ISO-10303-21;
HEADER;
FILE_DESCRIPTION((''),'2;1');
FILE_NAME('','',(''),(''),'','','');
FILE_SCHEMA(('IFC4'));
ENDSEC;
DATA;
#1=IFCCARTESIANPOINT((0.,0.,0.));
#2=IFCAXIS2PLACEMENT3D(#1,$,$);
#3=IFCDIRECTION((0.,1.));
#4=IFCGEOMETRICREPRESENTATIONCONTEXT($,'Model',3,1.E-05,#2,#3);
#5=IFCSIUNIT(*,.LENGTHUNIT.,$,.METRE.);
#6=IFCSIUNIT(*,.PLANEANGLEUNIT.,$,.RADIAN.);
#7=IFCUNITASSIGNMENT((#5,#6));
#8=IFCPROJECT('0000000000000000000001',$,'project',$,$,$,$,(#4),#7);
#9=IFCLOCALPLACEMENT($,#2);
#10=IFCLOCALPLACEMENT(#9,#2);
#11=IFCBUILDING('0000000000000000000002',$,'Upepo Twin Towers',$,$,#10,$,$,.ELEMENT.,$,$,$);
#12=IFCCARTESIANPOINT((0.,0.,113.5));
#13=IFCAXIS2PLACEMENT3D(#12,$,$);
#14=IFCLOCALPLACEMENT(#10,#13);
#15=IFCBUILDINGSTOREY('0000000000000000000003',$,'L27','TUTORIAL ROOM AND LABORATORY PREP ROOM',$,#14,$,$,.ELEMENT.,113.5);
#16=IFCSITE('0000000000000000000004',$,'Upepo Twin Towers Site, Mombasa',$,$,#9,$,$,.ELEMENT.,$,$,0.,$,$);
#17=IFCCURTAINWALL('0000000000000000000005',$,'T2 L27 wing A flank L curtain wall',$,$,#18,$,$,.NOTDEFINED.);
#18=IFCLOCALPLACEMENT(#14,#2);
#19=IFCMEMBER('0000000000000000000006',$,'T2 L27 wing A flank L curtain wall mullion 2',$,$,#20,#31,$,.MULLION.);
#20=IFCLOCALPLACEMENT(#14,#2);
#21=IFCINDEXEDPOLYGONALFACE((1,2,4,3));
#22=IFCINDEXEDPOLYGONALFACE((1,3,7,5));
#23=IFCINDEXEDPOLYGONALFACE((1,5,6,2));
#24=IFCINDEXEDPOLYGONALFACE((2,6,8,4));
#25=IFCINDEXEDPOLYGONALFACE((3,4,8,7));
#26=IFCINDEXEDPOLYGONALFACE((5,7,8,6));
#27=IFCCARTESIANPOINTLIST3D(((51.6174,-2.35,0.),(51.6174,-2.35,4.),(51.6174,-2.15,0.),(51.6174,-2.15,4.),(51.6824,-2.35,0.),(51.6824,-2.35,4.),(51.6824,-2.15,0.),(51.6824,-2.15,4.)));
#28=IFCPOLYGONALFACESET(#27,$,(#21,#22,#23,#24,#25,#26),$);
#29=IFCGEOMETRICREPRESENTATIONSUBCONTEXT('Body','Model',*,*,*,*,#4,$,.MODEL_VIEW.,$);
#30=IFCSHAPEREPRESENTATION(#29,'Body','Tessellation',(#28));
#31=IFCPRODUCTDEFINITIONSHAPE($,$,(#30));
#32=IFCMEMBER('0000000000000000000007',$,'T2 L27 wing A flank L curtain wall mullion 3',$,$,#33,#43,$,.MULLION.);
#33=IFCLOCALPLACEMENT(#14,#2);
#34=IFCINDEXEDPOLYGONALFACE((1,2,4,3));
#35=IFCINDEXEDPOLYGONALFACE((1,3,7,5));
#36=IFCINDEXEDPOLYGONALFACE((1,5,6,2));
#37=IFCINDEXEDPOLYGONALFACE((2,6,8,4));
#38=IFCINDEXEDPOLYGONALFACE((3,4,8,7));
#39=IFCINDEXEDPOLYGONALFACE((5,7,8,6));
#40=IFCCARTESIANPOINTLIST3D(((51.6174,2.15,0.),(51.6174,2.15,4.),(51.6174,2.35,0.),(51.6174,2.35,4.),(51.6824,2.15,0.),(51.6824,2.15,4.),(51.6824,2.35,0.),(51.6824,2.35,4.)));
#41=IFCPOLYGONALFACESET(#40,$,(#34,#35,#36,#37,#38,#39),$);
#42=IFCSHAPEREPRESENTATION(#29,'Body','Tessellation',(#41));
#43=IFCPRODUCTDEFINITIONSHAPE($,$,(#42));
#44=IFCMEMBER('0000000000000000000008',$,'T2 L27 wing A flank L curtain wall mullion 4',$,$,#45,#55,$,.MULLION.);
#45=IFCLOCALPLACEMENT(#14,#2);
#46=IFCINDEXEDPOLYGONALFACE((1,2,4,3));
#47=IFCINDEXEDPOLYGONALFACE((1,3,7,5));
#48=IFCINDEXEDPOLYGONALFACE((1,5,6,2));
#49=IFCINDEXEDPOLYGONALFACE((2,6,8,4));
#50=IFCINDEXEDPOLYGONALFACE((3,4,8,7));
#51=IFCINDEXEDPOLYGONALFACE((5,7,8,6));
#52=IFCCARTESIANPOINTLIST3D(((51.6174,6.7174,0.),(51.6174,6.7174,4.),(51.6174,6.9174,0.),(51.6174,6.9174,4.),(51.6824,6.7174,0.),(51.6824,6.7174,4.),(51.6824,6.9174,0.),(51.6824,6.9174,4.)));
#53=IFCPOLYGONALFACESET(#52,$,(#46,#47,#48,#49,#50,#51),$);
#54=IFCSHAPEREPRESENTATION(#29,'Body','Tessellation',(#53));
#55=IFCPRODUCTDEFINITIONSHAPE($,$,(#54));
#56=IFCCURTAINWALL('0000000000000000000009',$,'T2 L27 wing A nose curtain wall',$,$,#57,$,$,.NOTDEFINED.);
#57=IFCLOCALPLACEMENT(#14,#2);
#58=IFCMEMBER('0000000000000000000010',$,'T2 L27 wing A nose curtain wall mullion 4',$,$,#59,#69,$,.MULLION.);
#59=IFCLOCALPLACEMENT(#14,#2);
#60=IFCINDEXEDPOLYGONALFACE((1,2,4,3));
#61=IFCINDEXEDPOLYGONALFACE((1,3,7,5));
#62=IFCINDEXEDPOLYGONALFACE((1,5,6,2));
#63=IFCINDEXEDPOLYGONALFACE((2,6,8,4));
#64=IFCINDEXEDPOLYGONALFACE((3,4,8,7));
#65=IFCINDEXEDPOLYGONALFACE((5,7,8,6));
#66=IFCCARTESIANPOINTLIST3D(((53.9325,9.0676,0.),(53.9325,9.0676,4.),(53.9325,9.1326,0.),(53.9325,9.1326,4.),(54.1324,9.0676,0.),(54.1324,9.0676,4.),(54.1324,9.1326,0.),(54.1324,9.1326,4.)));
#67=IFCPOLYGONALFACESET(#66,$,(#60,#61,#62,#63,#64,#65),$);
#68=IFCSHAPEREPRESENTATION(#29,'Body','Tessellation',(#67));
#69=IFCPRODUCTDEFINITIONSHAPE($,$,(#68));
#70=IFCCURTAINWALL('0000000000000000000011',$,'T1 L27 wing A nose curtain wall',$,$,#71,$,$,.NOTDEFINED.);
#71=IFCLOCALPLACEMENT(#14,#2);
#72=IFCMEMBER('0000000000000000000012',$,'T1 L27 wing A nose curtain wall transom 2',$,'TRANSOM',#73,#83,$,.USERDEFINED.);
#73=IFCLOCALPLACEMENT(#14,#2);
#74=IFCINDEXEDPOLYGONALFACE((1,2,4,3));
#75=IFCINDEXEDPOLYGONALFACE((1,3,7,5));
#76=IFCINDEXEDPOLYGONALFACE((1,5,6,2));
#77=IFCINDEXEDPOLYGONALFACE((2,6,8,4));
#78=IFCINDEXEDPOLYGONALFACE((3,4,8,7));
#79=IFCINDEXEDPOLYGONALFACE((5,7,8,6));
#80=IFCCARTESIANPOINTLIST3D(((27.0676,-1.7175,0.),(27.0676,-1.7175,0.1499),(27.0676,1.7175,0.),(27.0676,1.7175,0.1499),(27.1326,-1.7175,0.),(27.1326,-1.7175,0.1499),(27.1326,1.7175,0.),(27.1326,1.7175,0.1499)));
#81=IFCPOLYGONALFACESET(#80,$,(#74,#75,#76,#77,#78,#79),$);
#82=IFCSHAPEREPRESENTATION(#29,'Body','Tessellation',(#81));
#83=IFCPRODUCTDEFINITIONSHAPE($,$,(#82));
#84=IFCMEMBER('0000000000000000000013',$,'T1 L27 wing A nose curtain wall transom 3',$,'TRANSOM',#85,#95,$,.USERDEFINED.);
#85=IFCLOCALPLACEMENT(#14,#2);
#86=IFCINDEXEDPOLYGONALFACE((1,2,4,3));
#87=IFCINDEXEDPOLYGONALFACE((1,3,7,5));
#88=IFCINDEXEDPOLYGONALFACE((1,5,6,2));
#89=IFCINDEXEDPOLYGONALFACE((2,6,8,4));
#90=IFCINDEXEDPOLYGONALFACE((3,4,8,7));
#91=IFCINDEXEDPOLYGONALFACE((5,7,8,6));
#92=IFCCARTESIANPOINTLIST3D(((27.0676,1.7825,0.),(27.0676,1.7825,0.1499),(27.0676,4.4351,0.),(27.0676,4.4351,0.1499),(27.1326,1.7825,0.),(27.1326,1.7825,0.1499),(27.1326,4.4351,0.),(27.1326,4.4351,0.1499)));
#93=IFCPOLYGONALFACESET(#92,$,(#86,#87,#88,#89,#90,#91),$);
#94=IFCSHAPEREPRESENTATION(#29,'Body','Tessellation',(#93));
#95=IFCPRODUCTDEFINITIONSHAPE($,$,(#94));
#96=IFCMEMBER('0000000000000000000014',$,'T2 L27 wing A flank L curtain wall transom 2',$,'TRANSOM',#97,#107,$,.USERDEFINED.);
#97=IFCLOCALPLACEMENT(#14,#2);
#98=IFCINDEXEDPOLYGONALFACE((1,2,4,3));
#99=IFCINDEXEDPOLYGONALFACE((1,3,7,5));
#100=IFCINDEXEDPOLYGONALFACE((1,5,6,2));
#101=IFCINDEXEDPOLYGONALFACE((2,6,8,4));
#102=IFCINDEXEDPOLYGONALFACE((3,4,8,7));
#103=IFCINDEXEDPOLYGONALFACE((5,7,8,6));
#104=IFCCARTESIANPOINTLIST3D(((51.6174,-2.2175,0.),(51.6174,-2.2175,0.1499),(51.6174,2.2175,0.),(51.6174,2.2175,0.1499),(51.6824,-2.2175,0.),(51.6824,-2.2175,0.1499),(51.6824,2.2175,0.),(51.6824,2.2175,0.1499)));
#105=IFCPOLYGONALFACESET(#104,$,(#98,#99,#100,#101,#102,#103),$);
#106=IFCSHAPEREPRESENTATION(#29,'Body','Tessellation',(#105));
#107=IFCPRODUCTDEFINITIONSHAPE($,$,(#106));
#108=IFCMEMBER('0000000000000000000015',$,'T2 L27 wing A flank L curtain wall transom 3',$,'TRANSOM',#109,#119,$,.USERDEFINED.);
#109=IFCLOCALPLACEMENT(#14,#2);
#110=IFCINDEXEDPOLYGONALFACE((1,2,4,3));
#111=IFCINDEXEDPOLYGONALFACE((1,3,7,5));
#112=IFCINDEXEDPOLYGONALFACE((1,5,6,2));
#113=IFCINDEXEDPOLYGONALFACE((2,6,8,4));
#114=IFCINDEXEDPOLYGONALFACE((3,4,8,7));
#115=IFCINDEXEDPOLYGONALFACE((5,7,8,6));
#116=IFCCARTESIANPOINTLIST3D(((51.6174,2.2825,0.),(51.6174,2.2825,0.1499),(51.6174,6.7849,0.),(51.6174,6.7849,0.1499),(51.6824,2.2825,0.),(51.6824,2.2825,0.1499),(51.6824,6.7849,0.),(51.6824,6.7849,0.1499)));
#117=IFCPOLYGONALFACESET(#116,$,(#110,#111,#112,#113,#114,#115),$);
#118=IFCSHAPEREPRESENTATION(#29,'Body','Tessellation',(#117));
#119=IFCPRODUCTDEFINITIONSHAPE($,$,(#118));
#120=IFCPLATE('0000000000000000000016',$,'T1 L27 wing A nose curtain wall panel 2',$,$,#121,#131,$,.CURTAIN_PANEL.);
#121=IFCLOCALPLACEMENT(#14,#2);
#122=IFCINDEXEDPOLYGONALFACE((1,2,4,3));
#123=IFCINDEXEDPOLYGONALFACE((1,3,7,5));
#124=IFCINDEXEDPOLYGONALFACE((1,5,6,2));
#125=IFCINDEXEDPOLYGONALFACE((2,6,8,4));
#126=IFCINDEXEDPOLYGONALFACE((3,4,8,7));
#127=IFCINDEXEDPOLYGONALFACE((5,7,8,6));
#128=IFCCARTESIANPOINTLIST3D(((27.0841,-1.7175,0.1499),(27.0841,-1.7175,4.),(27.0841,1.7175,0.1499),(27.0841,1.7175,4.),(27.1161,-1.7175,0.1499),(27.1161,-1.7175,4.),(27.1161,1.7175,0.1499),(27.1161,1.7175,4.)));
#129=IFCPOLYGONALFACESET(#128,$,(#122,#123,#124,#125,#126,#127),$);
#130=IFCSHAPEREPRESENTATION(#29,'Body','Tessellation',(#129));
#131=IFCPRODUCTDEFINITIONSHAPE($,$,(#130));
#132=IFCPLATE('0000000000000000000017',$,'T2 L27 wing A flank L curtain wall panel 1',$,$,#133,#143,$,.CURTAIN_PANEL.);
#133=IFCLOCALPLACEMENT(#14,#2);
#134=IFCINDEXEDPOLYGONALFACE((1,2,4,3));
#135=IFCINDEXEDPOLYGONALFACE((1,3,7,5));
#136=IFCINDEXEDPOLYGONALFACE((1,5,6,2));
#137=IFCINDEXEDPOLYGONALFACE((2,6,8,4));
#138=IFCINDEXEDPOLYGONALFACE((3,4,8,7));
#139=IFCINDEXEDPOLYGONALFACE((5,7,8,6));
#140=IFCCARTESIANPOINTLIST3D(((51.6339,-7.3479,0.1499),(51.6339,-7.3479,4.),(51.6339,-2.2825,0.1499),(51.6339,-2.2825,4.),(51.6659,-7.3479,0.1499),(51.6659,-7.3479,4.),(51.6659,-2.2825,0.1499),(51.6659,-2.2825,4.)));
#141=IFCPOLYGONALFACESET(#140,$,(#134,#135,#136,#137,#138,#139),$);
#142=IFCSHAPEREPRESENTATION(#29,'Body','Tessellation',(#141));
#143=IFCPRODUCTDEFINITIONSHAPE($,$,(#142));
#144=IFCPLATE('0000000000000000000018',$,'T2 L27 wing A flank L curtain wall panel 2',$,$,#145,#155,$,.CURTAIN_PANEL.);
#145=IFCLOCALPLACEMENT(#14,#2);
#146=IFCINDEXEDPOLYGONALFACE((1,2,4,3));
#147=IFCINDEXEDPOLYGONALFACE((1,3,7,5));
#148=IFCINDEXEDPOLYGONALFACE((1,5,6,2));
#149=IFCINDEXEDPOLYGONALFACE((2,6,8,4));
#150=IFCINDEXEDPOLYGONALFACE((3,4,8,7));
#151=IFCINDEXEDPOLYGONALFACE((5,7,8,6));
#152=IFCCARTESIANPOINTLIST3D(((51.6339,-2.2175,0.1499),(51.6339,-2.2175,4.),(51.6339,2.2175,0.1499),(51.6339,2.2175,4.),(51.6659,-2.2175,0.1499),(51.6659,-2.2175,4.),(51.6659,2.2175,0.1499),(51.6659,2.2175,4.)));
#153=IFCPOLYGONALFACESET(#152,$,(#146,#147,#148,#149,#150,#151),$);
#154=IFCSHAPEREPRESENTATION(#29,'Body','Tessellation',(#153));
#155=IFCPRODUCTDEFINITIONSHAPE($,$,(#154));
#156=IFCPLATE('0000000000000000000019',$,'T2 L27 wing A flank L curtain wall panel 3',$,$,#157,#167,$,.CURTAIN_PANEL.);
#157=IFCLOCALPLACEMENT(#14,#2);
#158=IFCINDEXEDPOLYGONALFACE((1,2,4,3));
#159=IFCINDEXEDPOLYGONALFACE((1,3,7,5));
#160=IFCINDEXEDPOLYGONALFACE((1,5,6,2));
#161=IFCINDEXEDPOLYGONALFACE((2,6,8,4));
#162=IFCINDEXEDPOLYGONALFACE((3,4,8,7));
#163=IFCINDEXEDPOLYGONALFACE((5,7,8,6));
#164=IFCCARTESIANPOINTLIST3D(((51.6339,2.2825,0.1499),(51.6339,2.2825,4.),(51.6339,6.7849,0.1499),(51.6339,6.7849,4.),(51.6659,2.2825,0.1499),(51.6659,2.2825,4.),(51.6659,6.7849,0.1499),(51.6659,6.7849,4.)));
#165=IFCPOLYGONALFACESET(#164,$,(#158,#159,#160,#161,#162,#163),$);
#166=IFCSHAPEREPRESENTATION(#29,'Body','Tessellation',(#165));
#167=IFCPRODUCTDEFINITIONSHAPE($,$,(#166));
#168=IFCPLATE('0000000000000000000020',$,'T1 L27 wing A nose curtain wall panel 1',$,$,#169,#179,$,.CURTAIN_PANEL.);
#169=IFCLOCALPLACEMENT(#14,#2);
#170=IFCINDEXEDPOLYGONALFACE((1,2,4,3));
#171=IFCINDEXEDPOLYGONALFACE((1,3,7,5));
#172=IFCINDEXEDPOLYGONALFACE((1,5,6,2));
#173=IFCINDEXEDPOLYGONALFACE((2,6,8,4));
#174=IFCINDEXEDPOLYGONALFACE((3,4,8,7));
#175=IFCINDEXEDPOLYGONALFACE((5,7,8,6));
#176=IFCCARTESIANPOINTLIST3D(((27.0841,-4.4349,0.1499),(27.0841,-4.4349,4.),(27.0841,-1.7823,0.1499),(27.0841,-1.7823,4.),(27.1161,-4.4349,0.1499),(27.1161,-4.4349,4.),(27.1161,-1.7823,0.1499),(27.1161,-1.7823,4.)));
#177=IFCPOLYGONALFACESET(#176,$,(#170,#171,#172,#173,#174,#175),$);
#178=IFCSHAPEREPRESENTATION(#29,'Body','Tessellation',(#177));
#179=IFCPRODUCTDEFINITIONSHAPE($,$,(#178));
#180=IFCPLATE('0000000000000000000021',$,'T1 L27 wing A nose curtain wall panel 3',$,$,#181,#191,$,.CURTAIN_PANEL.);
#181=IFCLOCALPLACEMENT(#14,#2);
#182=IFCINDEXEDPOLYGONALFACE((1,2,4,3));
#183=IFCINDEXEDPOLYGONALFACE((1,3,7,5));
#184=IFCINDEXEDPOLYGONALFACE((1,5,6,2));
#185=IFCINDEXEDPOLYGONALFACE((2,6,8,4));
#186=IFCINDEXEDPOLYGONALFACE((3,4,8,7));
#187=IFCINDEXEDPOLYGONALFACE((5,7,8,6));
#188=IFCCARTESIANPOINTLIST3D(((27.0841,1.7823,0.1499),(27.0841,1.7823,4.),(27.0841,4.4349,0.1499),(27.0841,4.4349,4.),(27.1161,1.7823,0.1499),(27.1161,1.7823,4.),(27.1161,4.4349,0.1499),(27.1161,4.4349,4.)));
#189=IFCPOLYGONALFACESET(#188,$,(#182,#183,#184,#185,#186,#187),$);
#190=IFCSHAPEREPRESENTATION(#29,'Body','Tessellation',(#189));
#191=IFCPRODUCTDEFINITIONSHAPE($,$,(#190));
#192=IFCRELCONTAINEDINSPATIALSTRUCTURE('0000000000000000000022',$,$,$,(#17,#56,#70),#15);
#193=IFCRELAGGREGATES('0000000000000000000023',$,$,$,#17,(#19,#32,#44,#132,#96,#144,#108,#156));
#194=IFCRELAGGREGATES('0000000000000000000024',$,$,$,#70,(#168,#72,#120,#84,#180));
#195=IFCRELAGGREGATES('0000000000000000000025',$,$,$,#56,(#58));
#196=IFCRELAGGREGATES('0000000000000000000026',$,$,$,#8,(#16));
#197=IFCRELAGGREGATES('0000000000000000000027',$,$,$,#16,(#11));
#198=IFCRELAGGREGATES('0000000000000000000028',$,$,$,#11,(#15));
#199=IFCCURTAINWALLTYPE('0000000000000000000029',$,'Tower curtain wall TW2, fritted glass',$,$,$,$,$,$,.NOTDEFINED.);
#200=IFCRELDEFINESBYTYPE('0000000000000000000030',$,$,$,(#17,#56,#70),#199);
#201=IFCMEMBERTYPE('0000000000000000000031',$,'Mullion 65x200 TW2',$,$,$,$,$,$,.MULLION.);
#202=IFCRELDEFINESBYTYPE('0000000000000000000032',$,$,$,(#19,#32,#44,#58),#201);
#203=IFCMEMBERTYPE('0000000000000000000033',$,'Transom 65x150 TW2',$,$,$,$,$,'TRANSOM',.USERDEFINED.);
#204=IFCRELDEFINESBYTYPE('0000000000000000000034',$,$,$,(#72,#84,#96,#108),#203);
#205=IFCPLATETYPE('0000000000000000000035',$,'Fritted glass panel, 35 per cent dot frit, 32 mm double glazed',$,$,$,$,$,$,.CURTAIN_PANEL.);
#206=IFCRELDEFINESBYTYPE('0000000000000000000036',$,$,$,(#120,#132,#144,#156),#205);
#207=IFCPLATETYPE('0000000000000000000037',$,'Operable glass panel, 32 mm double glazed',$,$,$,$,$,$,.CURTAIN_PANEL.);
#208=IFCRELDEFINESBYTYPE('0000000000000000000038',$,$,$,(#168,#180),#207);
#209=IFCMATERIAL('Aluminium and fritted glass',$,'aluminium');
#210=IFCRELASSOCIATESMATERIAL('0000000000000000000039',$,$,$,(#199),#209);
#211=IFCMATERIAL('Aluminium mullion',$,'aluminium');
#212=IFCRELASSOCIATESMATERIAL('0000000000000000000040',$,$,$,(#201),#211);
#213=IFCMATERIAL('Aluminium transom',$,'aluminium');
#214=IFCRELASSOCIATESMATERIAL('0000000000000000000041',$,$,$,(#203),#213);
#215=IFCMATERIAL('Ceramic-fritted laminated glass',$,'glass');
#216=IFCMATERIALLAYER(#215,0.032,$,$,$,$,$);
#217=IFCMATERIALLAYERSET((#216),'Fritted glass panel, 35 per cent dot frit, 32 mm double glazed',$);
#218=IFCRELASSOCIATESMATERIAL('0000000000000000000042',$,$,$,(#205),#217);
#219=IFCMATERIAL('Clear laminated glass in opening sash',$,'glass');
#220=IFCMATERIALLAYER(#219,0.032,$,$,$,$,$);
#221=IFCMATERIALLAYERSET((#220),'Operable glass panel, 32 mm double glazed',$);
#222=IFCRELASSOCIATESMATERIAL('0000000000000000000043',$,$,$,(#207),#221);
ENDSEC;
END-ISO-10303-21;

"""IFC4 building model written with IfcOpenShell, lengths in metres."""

from ifc_helpers import new_model, si_unit, direction, frame, origin, origin_2d, place, context, subcontext, project, spatial, rectangle, extrude, material, layer, layer_set, material_profile, profile_set, type_object, element, aggregate, save


model = new_model("IFC4")

# Units and contexts
model_context = context("Model", 3, precision=1e-05, world=origin(), true_north=direction((0.0, 1.0)))
body_context = subcontext(model_context, "Body", "Model", "MODEL_VIEW")
ifc_project = project(units=[si_unit("LENGTHUNIT", "METRE"), si_unit("PLANEANGLEUNIT", "RADIAN")], contexts=[model_context])

# Site, building, storey
site_placement = place(None, origin())
site = spatial("IfcSite", under=ifc_project, at=site_placement, Name="Upepo Twin Towers Site, Mombasa", CompositionType="ELEMENT", RefElevation=0.0)
building_placement = place(site_placement, origin())
building = spatial("IfcBuilding", under=site, at=building_placement, Name="Upepo Twin Towers", CompositionType="ELEMENT")
storey_placement = place(building_placement, frame((0.0, 0.0, 113.5)))
storey = spatial("IfcBuildingStorey", under=building, at=storey_placement, Name="L27", Description="TUTORIAL ROOM AND LABORATORY PREP ROOM", CompositionType="ELEMENT", Elevation=113.5)

# Curtain wall, members
ifc_material_1 = material(Name="Aluminium and fritted glass", Category="aluminium")
curtain_wall_type = type_object("IfcCurtainWallType", Name="Tower curtain wall TW2, fritted glass", PredefinedType="NOTDEFINED", material=ifc_material_1)
curtain_wall_1_placement = place(storey_placement, origin())
curtain_wall_1 = element("IfcCurtainWall", 1, at=curtain_wall_1_placement, inside=storey, type_object=curtain_wall_type, Name="T2 L27 wing A flank L curtain wall", PredefinedType="NOTDEFINED")
ifc_material_2 = material(Name="Aluminium mullion", Category="aluminium")
ifc_material_profile_1 = material_profile(ifc_material_2, rectangle(XDim=0.0649, YDim=0.2, at=origin_2d()), Name="MULLION 65x200")
ifc_profile_set_1 = profile_set([ifc_material_profile_1], Name="Aluminium mullion")
member_type_1 = type_object("IfcMemberType", Name="Mullion 65x200 TW2", PredefinedType="MULLION", material=ifc_profile_set_1)
member_1_placement = place(storey_placement, frame((51.6499, -2.25, 0.0), z_axis=(0.0, 0.0, 1.0), x_axis=(-1.0, 0.0, 0.0)))
member_1 = element("IfcMember", 2, at=member_1_placement, type_object=member_type_1, Name="T2 L27 wing A flank L curtain wall mullion 2", PredefinedType="MULLION", context=body_context, shape_type="SweptSolid", body=[
    extrude(rectangle(XDim=0.0649, YDim=0.2, at=origin_2d()), origin(), (0.0, 0.0, 1.0), 4.0),
])
member_2_placement = place(storey_placement, frame((51.6499, 2.25, 0.0), z_axis=(0.0, 0.0, 1.0), x_axis=(-1.0, 0.0, 0.0)))
member_2 = element("IfcMember", 3, at=member_2_placement, type_object=member_type_1, Name="T2 L27 wing A flank L curtain wall mullion 3", PredefinedType="MULLION", context=body_context, shape_type="SweptSolid", body=[
    extrude(rectangle(XDim=0.0649, YDim=0.2, at=origin_2d()), origin(), (0.0, 0.0, 1.0), 4.0),
])
member_3_placement = place(storey_placement, frame((51.6499, 6.8174, 0.0), z_axis=(0.0, 0.0, 1.0), x_axis=(-1.0, 0.0, 0.0)))
member_3 = element("IfcMember", 4, at=member_3_placement, type_object=member_type_1, Name="T2 L27 wing A flank L curtain wall mullion 4", PredefinedType="MULLION", context=body_context, shape_type="SweptSolid", body=[
    extrude(rectangle(XDim=0.0649, YDim=0.2, at=origin_2d()), origin(), (0.0, 0.0, 1.0), 4.0),
])

# Curtain wall, member
curtain_wall_2_placement = place(storey_placement, origin())
curtain_wall_2 = element("IfcCurtainWall", 5, at=curtain_wall_2_placement, inside=storey, type_object=curtain_wall_type, Name="T2 L27 wing A nose curtain wall", PredefinedType="NOTDEFINED")
member_4_placement = place(storey_placement, frame((54.0325, 9.1001, 0.0), z_axis=(0.0, 0.0, 1.0), x_axis=(0.0, -1.0, 0.0)))
member_4 = element("IfcMember", 6, at=member_4_placement, type_object=member_type_1, Name="T2 L27 wing A nose curtain wall mullion 4", PredefinedType="MULLION", context=body_context, shape_type="SweptSolid", body=[
    extrude(rectangle(XDim=0.0649, YDim=0.2, at=origin_2d()), origin(), (0.0, 0.0, 1.0), 4.0),
])

# Curtain wall, members
curtain_wall_3_placement = place(storey_placement, origin())
curtain_wall_3 = element("IfcCurtainWall", 7, at=curtain_wall_3_placement, inside=storey, type_object=curtain_wall_type, Name="T1 L27 wing A nose curtain wall", PredefinedType="NOTDEFINED")
ifc_material_3 = material(Name="Aluminium transom", Category="aluminium")
ifc_material_profile_2 = material_profile(ifc_material_3, rectangle(XDim=0.0649, YDim=0.1499, at=origin_2d()), Name="TRANSOM 65x150")
ifc_profile_set_2 = profile_set([ifc_material_profile_2], Name="Aluminium transom")
member_type_2 = type_object("IfcMemberType", Name="Transom 65x150 TW2", ElementType="TRANSOM", PredefinedType="USERDEFINED", material=ifc_profile_set_2)
member_5_placement = place(storey_placement, frame((27.1001, -1.7175, 0.075), z_axis=(0.0, 1.0, 0.0), x_axis=(-1.0, 0.0, 0.0)))
member_5 = element("IfcMember", 8, at=member_5_placement, type_object=member_type_2, Name="T1 L27 wing A nose curtain wall transom 2", ObjectType="TRANSOM", PredefinedType="USERDEFINED", context=body_context, shape_type="SweptSolid", body=[
    extrude(rectangle(XDim=0.0649, YDim=0.1499, at=origin_2d()), origin(), (0.0, 0.0, 1.0), 3.4351),
])
member_6_placement = place(storey_placement, frame((27.1001, 1.7825, 0.075), z_axis=(0.0, 1.0, 0.0), x_axis=(-1.0, 0.0, 0.0)))
member_6 = element("IfcMember", 9, at=member_6_placement, type_object=member_type_2, Name="T1 L27 wing A nose curtain wall transom 3", ObjectType="TRANSOM", PredefinedType="USERDEFINED", context=body_context, shape_type="SweptSolid", body=[
    extrude(rectangle(XDim=0.0649, YDim=0.1499, at=origin_2d()), origin(), (0.0, 0.0, 1.0), 2.6526),
])

# Members
member_7_placement = place(storey_placement, frame((51.6499, -2.2175, 0.075), z_axis=(0.0, 1.0, 0.0), x_axis=(-1.0, 0.0, 0.0)))
member_7 = element("IfcMember", 10, at=member_7_placement, type_object=member_type_2, Name="T2 L27 wing A flank L curtain wall transom 2", ObjectType="TRANSOM", PredefinedType="USERDEFINED", context=body_context, shape_type="SweptSolid", body=[
    extrude(rectangle(XDim=0.0649, YDim=0.1499, at=origin_2d()), origin(), (0.0, 0.0, 1.0), 4.4351),
])
member_8_placement = place(storey_placement, frame((51.6499, 2.2825, 0.075), z_axis=(0.0, 1.0, 0.0), x_axis=(-1.0, 0.0, 0.0)))
member_8 = element("IfcMember", 11, at=member_8_placement, type_object=member_type_2, Name="T2 L27 wing A flank L curtain wall transom 3", ObjectType="TRANSOM", PredefinedType="USERDEFINED", context=body_context, shape_type="SweptSolid", body=[
    extrude(rectangle(XDim=0.0649, YDim=0.1499, at=origin_2d()), origin(), (0.0, 0.0, 1.0), 4.5024),
])

# Plates
ifc_material_4 = material(Name="Ceramic-fritted laminated glass", Category="glass")
ifc_layer_1 = layer(ifc_material_4, 0.032)
ifc_layer_set_1 = layer_set([ifc_layer_1], Name="Fritted glass panel, 35 per cent dot frit, 32 mm double glazed")
plate_type_1 = type_object("IfcPlateType", Name="Fritted glass panel, 35 per cent dot frit, 32 mm double glazed", PredefinedType="CURTAIN_PANEL", material=ifc_layer_set_1)
plate_1_placement = place(storey_placement, frame((27.1001, 0.0, 0.1499), z_axis=(0.0, 0.0, 1.0), x_axis=(0.0, 1.0, 0.0)))
plate_1 = element("IfcPlate", 12, at=plate_1_placement, type_object=plate_type_1, Name="T1 L27 wing A nose curtain wall panel 2", PredefinedType="CURTAIN_PANEL", context=body_context, shape_type="SweptSolid", body=[
    extrude(rectangle(XDim=3.4351, YDim=0.032, at=origin_2d()), origin(), (0.0, 0.0, 1.0), 3.8501),
])
plate_2_placement = place(storey_placement, frame((51.6499, -4.8152, 0.1499), z_axis=(0.0, 0.0, 1.0), x_axis=(0.0, 1.0, 0.0)))
plate_2 = element("IfcPlate", 13, at=plate_2_placement, type_object=plate_type_1, Name="T2 L27 wing A flank L curtain wall panel 1", PredefinedType="CURTAIN_PANEL", context=body_context, shape_type="SweptSolid", body=[
    extrude(rectangle(XDim=5.0654, YDim=0.032, at=origin_2d()), origin(), (0.0, 0.0, 1.0), 3.8501),
])
plate_3_placement = place(storey_placement, frame((51.6499, 0.0, 0.1499), z_axis=(0.0, 0.0, 1.0), x_axis=(0.0, 1.0, 0.0)))
plate_3 = element("IfcPlate", 14, at=plate_3_placement, type_object=plate_type_1, Name="T2 L27 wing A flank L curtain wall panel 2", PredefinedType="CURTAIN_PANEL", context=body_context, shape_type="SweptSolid", body=[
    extrude(rectangle(XDim=4.4351, YDim=0.032, at=origin_2d()), origin(), (0.0, 0.0, 1.0), 3.8501),
])
plate_4_placement = place(storey_placement, frame((51.6499, 4.5337, 0.1499), z_axis=(0.0, 0.0, 1.0), x_axis=(0.0, 1.0, 0.0)))
plate_4 = element("IfcPlate", 15, at=plate_4_placement, type_object=plate_type_1, Name="T2 L27 wing A flank L curtain wall panel 3", PredefinedType="CURTAIN_PANEL", context=body_context, shape_type="SweptSolid", body=[
    extrude(rectangle(XDim=4.5024, YDim=0.032, at=origin_2d()), origin(), (0.0, 0.0, 1.0), 3.8501),
])
aggregate(curtain_wall_1, [member_1, member_2, member_3, plate_2, member_7, plate_3, member_8, plate_4])
ifc_material_5 = material(Name="Clear laminated glass in opening sash", Category="glass")
ifc_layer_2 = layer(ifc_material_5, 0.032)
ifc_layer_set_2 = layer_set([ifc_layer_2], Name="Operable glass panel, 32 mm double glazed")
plate_type_2 = type_object("IfcPlateType", Name="Operable glass panel, 32 mm double glazed", PredefinedType="CURTAIN_PANEL", material=ifc_layer_set_2)
plate_5_placement = place(storey_placement, frame((27.1001, -3.1086, 0.1499), z_axis=(0.0, 0.0, 1.0), x_axis=(0.0, 1.0, 0.0)))
plate_5 = element("IfcPlate", 16, at=plate_5_placement, type_object=plate_type_2, Name="T1 L27 wing A nose curtain wall panel 1", PredefinedType="CURTAIN_PANEL", context=body_context, shape_type="SweptSolid", body=[
    extrude(rectangle(XDim=2.6526, YDim=0.032, at=origin_2d()), origin(), (0.0, 0.0, 1.0), 3.8501),
])
plate_6_placement = place(storey_placement, frame((27.1001, 3.1086, 0.1499), z_axis=(0.0, 0.0, 1.0), x_axis=(0.0, 1.0, 0.0)))
plate_6 = element("IfcPlate", 17, at=plate_6_placement, type_object=plate_type_2, Name="T1 L27 wing A nose curtain wall panel 3", PredefinedType="CURTAIN_PANEL", context=body_context, shape_type="SweptSolid", body=[
    extrude(rectangle(XDim=2.6526, YDim=0.032, at=origin_2d()), origin(), (0.0, 0.0, 1.0), 3.8501),
])
aggregate(curtain_wall_3, [plate_5, member_5, plate_1, member_6, plate_6])
aggregate(curtain_wall_2, [member_4])

save(model, "model.ifc")
